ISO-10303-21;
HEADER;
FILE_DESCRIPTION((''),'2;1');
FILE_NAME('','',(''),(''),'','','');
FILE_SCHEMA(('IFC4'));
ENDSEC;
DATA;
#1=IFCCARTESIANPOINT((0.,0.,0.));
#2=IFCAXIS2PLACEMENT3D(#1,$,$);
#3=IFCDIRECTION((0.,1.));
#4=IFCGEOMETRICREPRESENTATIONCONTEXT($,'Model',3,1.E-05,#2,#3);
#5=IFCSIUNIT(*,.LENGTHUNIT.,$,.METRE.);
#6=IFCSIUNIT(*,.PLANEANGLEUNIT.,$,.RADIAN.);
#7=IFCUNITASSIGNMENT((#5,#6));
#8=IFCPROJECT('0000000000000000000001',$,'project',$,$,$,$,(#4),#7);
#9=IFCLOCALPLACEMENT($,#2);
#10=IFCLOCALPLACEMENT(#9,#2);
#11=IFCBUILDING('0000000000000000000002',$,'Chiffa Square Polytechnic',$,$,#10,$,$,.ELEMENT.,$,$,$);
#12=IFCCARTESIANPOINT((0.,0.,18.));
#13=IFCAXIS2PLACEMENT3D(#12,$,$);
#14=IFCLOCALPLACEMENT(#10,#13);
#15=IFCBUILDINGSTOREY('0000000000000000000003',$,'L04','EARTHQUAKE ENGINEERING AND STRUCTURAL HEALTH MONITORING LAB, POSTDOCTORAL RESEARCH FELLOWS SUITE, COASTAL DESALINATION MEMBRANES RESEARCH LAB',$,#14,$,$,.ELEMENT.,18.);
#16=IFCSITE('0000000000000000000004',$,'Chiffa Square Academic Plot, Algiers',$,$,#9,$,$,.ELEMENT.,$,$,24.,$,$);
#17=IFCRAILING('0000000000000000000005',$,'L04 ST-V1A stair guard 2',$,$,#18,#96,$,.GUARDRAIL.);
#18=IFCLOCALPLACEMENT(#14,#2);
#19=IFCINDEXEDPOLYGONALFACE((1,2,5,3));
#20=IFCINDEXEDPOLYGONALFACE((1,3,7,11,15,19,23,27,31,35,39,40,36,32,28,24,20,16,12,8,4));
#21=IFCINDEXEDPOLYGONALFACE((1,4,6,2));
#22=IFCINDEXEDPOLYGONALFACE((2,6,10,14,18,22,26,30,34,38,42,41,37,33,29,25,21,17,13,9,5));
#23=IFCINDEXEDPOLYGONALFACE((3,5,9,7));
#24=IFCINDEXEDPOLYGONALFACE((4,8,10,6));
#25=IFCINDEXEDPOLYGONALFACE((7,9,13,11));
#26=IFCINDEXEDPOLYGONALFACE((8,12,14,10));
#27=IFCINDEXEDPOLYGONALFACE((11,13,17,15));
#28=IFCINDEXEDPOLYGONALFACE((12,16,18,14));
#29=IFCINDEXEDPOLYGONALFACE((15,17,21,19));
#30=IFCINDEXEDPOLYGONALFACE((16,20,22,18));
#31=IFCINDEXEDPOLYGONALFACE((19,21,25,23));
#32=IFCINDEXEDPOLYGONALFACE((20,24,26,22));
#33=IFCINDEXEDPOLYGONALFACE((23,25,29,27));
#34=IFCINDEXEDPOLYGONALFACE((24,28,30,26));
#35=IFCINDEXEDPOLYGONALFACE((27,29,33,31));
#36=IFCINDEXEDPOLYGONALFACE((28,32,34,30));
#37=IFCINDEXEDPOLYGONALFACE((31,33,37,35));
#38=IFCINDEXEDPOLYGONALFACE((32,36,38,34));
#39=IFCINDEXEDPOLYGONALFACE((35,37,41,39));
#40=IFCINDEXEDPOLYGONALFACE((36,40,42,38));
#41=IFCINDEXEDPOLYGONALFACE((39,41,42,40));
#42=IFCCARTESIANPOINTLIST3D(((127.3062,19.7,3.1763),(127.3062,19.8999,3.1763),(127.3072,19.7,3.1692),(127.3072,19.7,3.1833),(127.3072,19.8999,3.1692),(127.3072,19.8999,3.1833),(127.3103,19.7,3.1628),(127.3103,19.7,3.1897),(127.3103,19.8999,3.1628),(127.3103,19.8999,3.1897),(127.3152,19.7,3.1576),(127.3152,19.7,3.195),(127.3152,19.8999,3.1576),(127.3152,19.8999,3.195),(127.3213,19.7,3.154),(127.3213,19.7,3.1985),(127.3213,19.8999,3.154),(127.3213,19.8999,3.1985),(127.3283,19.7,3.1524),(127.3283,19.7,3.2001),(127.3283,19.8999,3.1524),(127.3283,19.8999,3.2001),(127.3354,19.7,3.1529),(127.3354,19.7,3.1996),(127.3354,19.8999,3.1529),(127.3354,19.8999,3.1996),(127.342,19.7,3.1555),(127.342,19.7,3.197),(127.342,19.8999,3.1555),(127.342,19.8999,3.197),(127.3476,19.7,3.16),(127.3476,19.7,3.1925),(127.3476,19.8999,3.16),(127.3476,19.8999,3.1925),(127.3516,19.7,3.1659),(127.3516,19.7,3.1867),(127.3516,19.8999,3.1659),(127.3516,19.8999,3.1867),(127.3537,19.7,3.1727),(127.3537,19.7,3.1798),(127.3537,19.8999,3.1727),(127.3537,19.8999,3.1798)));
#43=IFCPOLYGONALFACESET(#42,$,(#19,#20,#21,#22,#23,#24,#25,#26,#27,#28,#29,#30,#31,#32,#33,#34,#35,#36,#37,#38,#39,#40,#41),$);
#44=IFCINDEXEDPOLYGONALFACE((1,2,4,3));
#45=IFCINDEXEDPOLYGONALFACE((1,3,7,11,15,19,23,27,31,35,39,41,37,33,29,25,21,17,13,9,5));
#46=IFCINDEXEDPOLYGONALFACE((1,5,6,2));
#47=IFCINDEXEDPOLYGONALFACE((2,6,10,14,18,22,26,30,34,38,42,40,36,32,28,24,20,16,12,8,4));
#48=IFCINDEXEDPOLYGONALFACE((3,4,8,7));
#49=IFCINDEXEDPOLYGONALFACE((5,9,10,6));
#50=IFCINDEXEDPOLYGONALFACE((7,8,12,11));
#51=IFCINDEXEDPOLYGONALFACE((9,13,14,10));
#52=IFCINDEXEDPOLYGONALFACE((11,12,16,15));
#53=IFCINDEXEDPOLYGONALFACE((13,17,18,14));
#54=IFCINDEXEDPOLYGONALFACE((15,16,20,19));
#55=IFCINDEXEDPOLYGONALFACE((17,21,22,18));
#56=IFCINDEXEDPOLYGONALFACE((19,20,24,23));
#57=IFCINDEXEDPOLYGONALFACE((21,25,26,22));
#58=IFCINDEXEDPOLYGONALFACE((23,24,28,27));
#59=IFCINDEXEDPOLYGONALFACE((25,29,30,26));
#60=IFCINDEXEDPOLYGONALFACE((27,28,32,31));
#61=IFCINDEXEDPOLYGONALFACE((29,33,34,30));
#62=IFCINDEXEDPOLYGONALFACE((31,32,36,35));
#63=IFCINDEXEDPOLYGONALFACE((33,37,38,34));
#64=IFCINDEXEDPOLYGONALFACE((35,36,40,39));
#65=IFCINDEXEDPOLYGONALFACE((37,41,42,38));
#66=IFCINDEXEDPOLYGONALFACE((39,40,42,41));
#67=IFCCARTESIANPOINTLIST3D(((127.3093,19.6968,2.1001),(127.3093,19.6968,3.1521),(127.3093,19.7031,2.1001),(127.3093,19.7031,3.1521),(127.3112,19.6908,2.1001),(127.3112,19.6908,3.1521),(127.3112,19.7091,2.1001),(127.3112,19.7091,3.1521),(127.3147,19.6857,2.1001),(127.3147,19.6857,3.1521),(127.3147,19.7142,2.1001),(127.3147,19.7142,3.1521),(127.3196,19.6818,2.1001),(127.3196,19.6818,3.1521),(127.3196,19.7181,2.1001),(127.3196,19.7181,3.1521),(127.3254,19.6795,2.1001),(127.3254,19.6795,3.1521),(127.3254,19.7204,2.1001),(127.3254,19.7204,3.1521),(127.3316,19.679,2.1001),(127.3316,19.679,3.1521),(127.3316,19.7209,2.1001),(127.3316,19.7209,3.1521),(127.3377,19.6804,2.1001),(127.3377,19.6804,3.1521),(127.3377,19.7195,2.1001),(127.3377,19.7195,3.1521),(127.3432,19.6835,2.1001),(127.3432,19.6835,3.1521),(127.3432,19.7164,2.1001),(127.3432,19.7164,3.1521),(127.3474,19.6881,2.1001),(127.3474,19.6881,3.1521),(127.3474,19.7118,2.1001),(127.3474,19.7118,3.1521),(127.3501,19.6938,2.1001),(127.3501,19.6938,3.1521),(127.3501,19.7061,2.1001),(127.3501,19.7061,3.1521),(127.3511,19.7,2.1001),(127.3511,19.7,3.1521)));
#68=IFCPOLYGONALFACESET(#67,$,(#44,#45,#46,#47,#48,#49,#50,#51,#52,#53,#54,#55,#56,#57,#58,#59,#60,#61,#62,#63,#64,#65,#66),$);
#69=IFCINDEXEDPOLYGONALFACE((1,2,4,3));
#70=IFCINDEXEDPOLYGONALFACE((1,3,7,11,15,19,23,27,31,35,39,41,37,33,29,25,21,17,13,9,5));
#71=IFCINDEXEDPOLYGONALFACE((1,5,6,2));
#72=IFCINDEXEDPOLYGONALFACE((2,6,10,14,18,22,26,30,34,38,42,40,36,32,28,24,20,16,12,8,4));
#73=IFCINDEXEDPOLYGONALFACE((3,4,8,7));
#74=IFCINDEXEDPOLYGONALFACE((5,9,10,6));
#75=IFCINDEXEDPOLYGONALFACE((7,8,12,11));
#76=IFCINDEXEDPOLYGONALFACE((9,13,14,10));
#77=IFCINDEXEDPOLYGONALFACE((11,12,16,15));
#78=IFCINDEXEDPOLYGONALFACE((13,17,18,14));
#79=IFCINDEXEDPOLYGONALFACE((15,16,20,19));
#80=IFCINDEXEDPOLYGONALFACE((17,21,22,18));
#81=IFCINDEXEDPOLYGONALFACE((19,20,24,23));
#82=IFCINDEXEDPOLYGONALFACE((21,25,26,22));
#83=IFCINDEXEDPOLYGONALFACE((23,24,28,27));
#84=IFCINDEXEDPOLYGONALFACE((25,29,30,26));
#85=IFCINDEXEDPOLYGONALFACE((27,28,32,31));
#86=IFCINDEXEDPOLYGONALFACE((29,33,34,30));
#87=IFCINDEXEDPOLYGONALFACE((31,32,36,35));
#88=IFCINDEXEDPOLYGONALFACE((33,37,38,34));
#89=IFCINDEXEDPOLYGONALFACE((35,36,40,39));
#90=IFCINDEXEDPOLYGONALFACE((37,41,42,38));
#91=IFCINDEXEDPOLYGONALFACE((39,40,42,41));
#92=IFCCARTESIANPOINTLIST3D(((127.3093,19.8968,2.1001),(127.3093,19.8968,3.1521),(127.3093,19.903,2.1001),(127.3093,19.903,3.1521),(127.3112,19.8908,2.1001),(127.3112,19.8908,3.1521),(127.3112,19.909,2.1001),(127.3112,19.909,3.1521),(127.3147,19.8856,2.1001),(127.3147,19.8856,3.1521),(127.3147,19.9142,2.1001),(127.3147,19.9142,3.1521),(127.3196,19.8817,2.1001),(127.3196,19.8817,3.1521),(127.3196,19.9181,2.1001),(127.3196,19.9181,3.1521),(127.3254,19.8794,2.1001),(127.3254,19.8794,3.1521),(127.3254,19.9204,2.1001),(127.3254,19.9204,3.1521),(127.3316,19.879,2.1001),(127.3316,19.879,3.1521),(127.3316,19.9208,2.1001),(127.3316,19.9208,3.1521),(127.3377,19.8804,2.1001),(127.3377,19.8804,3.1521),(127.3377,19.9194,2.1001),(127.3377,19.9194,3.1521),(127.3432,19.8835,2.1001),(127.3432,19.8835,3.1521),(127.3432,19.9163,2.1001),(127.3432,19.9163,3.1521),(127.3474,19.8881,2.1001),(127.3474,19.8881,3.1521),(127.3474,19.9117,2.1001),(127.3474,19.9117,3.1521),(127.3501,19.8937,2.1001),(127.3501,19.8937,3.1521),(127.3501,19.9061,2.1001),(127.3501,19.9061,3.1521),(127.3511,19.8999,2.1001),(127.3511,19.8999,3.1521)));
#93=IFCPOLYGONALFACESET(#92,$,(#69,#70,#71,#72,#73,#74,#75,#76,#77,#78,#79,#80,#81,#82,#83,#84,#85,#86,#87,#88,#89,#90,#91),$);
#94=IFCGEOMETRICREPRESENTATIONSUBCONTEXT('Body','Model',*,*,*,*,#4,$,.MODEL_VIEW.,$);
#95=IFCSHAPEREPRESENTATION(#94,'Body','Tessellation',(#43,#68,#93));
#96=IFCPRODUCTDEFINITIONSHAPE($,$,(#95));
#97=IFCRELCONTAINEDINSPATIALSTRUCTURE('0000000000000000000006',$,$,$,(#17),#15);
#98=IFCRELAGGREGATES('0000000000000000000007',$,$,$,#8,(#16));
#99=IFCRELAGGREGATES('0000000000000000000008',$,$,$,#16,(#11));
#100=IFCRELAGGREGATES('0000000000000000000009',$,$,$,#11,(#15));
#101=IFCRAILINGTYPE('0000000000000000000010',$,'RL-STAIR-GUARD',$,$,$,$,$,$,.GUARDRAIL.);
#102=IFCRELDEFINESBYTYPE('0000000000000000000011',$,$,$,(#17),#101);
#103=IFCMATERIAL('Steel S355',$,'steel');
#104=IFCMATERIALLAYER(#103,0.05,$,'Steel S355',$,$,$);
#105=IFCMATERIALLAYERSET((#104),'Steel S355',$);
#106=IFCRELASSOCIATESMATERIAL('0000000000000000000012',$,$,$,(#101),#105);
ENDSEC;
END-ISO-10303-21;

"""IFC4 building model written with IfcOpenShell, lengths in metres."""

from ifc_helpers import new_model, si_unit, direction, frame, origin, origin_2d, place, context, subcontext, project, spatial, circle, extrude, material, layer, layer_set, type_object, element, save


model = new_model("IFC4")

# Units and contexts
model_context = context("Model", 3, precision=1e-05, world=origin(), true_north=direction((0.0, 1.0)))
body_context = subcontext(model_context, "Body", "Model", "MODEL_VIEW")
ifc_project = project(units=[si_unit("LENGTHUNIT", "METRE"), si_unit("PLANEANGLEUNIT", "RADIAN")], contexts=[model_context])

# Site, building, storey
site_placement = place(None, origin())
site = spatial("IfcSite", under=ifc_project, at=site_placement, Name="Chiffa Square Academic Plot, Algiers", CompositionType="ELEMENT", RefElevation=24.0)
building_placement = place(site_placement, origin())
building = spatial("IfcBuilding", under=site, at=building_placement, Name="Chiffa Square Polytechnic", CompositionType="ELEMENT")
storey_placement = place(building_placement, frame((0.0, 0.0, 18.0)))
storey = spatial("IfcBuildingStorey", under=building, at=storey_placement, Name="L04", Description="EARTHQUAKE ENGINEERING AND STRUCTURAL HEALTH MONITORING LAB, POSTDOCTORAL RESEARCH FELLOWS SUITE, COASTAL DESALINATION MEMBRANES RESEARCH LAB", CompositionType="ELEMENT", Elevation=18.0)

# Railing
ifc_material_1 = material(Name="Steel S355", Category="steel")
ifc_layer_1 = layer(ifc_material_1, 0.05, Name="Steel S355")
ifc_layer_set_1 = layer_set([ifc_layer_1], Name="Steel S355")
railing_type_1 = type_object("IfcRailingType", Name="RL-STAIR-GUARD", PredefinedType="GUARDRAIL", material=ifc_layer_set_1)
railing_1_placement = place(storey_placement, frame((127.3301, 19.7, 2.1001)))
element("IfcRailing", 1, at=railing_1_placement, inside=storey, type_object=railing_type_1, Name="L04 ST-V1A stair guard 2", PredefinedType="GUARDRAIL", context=body_context, shape_type="SweptSolid", body=[
    extrude(circle(Radius=0.0239, at=origin_2d()), frame((0.0, 0.0, 1.0762), z_axis=(0.0, 1.0, 0.0), x_axis=(-1.0, 0.0, 0.0)), (0.0, 0.0, 1.0), 0.2),
    extrude(circle(Radius=0.021, at=origin_2d()), origin(), (0.0, 0.0, 1.0), 1.052),
    extrude(circle(Radius=0.021, at=origin_2d()), frame((0.0, 0.2, 0.0)), (0.0, 0.0, 1.0), 1.052),
])

save(model, "model.ifc")
